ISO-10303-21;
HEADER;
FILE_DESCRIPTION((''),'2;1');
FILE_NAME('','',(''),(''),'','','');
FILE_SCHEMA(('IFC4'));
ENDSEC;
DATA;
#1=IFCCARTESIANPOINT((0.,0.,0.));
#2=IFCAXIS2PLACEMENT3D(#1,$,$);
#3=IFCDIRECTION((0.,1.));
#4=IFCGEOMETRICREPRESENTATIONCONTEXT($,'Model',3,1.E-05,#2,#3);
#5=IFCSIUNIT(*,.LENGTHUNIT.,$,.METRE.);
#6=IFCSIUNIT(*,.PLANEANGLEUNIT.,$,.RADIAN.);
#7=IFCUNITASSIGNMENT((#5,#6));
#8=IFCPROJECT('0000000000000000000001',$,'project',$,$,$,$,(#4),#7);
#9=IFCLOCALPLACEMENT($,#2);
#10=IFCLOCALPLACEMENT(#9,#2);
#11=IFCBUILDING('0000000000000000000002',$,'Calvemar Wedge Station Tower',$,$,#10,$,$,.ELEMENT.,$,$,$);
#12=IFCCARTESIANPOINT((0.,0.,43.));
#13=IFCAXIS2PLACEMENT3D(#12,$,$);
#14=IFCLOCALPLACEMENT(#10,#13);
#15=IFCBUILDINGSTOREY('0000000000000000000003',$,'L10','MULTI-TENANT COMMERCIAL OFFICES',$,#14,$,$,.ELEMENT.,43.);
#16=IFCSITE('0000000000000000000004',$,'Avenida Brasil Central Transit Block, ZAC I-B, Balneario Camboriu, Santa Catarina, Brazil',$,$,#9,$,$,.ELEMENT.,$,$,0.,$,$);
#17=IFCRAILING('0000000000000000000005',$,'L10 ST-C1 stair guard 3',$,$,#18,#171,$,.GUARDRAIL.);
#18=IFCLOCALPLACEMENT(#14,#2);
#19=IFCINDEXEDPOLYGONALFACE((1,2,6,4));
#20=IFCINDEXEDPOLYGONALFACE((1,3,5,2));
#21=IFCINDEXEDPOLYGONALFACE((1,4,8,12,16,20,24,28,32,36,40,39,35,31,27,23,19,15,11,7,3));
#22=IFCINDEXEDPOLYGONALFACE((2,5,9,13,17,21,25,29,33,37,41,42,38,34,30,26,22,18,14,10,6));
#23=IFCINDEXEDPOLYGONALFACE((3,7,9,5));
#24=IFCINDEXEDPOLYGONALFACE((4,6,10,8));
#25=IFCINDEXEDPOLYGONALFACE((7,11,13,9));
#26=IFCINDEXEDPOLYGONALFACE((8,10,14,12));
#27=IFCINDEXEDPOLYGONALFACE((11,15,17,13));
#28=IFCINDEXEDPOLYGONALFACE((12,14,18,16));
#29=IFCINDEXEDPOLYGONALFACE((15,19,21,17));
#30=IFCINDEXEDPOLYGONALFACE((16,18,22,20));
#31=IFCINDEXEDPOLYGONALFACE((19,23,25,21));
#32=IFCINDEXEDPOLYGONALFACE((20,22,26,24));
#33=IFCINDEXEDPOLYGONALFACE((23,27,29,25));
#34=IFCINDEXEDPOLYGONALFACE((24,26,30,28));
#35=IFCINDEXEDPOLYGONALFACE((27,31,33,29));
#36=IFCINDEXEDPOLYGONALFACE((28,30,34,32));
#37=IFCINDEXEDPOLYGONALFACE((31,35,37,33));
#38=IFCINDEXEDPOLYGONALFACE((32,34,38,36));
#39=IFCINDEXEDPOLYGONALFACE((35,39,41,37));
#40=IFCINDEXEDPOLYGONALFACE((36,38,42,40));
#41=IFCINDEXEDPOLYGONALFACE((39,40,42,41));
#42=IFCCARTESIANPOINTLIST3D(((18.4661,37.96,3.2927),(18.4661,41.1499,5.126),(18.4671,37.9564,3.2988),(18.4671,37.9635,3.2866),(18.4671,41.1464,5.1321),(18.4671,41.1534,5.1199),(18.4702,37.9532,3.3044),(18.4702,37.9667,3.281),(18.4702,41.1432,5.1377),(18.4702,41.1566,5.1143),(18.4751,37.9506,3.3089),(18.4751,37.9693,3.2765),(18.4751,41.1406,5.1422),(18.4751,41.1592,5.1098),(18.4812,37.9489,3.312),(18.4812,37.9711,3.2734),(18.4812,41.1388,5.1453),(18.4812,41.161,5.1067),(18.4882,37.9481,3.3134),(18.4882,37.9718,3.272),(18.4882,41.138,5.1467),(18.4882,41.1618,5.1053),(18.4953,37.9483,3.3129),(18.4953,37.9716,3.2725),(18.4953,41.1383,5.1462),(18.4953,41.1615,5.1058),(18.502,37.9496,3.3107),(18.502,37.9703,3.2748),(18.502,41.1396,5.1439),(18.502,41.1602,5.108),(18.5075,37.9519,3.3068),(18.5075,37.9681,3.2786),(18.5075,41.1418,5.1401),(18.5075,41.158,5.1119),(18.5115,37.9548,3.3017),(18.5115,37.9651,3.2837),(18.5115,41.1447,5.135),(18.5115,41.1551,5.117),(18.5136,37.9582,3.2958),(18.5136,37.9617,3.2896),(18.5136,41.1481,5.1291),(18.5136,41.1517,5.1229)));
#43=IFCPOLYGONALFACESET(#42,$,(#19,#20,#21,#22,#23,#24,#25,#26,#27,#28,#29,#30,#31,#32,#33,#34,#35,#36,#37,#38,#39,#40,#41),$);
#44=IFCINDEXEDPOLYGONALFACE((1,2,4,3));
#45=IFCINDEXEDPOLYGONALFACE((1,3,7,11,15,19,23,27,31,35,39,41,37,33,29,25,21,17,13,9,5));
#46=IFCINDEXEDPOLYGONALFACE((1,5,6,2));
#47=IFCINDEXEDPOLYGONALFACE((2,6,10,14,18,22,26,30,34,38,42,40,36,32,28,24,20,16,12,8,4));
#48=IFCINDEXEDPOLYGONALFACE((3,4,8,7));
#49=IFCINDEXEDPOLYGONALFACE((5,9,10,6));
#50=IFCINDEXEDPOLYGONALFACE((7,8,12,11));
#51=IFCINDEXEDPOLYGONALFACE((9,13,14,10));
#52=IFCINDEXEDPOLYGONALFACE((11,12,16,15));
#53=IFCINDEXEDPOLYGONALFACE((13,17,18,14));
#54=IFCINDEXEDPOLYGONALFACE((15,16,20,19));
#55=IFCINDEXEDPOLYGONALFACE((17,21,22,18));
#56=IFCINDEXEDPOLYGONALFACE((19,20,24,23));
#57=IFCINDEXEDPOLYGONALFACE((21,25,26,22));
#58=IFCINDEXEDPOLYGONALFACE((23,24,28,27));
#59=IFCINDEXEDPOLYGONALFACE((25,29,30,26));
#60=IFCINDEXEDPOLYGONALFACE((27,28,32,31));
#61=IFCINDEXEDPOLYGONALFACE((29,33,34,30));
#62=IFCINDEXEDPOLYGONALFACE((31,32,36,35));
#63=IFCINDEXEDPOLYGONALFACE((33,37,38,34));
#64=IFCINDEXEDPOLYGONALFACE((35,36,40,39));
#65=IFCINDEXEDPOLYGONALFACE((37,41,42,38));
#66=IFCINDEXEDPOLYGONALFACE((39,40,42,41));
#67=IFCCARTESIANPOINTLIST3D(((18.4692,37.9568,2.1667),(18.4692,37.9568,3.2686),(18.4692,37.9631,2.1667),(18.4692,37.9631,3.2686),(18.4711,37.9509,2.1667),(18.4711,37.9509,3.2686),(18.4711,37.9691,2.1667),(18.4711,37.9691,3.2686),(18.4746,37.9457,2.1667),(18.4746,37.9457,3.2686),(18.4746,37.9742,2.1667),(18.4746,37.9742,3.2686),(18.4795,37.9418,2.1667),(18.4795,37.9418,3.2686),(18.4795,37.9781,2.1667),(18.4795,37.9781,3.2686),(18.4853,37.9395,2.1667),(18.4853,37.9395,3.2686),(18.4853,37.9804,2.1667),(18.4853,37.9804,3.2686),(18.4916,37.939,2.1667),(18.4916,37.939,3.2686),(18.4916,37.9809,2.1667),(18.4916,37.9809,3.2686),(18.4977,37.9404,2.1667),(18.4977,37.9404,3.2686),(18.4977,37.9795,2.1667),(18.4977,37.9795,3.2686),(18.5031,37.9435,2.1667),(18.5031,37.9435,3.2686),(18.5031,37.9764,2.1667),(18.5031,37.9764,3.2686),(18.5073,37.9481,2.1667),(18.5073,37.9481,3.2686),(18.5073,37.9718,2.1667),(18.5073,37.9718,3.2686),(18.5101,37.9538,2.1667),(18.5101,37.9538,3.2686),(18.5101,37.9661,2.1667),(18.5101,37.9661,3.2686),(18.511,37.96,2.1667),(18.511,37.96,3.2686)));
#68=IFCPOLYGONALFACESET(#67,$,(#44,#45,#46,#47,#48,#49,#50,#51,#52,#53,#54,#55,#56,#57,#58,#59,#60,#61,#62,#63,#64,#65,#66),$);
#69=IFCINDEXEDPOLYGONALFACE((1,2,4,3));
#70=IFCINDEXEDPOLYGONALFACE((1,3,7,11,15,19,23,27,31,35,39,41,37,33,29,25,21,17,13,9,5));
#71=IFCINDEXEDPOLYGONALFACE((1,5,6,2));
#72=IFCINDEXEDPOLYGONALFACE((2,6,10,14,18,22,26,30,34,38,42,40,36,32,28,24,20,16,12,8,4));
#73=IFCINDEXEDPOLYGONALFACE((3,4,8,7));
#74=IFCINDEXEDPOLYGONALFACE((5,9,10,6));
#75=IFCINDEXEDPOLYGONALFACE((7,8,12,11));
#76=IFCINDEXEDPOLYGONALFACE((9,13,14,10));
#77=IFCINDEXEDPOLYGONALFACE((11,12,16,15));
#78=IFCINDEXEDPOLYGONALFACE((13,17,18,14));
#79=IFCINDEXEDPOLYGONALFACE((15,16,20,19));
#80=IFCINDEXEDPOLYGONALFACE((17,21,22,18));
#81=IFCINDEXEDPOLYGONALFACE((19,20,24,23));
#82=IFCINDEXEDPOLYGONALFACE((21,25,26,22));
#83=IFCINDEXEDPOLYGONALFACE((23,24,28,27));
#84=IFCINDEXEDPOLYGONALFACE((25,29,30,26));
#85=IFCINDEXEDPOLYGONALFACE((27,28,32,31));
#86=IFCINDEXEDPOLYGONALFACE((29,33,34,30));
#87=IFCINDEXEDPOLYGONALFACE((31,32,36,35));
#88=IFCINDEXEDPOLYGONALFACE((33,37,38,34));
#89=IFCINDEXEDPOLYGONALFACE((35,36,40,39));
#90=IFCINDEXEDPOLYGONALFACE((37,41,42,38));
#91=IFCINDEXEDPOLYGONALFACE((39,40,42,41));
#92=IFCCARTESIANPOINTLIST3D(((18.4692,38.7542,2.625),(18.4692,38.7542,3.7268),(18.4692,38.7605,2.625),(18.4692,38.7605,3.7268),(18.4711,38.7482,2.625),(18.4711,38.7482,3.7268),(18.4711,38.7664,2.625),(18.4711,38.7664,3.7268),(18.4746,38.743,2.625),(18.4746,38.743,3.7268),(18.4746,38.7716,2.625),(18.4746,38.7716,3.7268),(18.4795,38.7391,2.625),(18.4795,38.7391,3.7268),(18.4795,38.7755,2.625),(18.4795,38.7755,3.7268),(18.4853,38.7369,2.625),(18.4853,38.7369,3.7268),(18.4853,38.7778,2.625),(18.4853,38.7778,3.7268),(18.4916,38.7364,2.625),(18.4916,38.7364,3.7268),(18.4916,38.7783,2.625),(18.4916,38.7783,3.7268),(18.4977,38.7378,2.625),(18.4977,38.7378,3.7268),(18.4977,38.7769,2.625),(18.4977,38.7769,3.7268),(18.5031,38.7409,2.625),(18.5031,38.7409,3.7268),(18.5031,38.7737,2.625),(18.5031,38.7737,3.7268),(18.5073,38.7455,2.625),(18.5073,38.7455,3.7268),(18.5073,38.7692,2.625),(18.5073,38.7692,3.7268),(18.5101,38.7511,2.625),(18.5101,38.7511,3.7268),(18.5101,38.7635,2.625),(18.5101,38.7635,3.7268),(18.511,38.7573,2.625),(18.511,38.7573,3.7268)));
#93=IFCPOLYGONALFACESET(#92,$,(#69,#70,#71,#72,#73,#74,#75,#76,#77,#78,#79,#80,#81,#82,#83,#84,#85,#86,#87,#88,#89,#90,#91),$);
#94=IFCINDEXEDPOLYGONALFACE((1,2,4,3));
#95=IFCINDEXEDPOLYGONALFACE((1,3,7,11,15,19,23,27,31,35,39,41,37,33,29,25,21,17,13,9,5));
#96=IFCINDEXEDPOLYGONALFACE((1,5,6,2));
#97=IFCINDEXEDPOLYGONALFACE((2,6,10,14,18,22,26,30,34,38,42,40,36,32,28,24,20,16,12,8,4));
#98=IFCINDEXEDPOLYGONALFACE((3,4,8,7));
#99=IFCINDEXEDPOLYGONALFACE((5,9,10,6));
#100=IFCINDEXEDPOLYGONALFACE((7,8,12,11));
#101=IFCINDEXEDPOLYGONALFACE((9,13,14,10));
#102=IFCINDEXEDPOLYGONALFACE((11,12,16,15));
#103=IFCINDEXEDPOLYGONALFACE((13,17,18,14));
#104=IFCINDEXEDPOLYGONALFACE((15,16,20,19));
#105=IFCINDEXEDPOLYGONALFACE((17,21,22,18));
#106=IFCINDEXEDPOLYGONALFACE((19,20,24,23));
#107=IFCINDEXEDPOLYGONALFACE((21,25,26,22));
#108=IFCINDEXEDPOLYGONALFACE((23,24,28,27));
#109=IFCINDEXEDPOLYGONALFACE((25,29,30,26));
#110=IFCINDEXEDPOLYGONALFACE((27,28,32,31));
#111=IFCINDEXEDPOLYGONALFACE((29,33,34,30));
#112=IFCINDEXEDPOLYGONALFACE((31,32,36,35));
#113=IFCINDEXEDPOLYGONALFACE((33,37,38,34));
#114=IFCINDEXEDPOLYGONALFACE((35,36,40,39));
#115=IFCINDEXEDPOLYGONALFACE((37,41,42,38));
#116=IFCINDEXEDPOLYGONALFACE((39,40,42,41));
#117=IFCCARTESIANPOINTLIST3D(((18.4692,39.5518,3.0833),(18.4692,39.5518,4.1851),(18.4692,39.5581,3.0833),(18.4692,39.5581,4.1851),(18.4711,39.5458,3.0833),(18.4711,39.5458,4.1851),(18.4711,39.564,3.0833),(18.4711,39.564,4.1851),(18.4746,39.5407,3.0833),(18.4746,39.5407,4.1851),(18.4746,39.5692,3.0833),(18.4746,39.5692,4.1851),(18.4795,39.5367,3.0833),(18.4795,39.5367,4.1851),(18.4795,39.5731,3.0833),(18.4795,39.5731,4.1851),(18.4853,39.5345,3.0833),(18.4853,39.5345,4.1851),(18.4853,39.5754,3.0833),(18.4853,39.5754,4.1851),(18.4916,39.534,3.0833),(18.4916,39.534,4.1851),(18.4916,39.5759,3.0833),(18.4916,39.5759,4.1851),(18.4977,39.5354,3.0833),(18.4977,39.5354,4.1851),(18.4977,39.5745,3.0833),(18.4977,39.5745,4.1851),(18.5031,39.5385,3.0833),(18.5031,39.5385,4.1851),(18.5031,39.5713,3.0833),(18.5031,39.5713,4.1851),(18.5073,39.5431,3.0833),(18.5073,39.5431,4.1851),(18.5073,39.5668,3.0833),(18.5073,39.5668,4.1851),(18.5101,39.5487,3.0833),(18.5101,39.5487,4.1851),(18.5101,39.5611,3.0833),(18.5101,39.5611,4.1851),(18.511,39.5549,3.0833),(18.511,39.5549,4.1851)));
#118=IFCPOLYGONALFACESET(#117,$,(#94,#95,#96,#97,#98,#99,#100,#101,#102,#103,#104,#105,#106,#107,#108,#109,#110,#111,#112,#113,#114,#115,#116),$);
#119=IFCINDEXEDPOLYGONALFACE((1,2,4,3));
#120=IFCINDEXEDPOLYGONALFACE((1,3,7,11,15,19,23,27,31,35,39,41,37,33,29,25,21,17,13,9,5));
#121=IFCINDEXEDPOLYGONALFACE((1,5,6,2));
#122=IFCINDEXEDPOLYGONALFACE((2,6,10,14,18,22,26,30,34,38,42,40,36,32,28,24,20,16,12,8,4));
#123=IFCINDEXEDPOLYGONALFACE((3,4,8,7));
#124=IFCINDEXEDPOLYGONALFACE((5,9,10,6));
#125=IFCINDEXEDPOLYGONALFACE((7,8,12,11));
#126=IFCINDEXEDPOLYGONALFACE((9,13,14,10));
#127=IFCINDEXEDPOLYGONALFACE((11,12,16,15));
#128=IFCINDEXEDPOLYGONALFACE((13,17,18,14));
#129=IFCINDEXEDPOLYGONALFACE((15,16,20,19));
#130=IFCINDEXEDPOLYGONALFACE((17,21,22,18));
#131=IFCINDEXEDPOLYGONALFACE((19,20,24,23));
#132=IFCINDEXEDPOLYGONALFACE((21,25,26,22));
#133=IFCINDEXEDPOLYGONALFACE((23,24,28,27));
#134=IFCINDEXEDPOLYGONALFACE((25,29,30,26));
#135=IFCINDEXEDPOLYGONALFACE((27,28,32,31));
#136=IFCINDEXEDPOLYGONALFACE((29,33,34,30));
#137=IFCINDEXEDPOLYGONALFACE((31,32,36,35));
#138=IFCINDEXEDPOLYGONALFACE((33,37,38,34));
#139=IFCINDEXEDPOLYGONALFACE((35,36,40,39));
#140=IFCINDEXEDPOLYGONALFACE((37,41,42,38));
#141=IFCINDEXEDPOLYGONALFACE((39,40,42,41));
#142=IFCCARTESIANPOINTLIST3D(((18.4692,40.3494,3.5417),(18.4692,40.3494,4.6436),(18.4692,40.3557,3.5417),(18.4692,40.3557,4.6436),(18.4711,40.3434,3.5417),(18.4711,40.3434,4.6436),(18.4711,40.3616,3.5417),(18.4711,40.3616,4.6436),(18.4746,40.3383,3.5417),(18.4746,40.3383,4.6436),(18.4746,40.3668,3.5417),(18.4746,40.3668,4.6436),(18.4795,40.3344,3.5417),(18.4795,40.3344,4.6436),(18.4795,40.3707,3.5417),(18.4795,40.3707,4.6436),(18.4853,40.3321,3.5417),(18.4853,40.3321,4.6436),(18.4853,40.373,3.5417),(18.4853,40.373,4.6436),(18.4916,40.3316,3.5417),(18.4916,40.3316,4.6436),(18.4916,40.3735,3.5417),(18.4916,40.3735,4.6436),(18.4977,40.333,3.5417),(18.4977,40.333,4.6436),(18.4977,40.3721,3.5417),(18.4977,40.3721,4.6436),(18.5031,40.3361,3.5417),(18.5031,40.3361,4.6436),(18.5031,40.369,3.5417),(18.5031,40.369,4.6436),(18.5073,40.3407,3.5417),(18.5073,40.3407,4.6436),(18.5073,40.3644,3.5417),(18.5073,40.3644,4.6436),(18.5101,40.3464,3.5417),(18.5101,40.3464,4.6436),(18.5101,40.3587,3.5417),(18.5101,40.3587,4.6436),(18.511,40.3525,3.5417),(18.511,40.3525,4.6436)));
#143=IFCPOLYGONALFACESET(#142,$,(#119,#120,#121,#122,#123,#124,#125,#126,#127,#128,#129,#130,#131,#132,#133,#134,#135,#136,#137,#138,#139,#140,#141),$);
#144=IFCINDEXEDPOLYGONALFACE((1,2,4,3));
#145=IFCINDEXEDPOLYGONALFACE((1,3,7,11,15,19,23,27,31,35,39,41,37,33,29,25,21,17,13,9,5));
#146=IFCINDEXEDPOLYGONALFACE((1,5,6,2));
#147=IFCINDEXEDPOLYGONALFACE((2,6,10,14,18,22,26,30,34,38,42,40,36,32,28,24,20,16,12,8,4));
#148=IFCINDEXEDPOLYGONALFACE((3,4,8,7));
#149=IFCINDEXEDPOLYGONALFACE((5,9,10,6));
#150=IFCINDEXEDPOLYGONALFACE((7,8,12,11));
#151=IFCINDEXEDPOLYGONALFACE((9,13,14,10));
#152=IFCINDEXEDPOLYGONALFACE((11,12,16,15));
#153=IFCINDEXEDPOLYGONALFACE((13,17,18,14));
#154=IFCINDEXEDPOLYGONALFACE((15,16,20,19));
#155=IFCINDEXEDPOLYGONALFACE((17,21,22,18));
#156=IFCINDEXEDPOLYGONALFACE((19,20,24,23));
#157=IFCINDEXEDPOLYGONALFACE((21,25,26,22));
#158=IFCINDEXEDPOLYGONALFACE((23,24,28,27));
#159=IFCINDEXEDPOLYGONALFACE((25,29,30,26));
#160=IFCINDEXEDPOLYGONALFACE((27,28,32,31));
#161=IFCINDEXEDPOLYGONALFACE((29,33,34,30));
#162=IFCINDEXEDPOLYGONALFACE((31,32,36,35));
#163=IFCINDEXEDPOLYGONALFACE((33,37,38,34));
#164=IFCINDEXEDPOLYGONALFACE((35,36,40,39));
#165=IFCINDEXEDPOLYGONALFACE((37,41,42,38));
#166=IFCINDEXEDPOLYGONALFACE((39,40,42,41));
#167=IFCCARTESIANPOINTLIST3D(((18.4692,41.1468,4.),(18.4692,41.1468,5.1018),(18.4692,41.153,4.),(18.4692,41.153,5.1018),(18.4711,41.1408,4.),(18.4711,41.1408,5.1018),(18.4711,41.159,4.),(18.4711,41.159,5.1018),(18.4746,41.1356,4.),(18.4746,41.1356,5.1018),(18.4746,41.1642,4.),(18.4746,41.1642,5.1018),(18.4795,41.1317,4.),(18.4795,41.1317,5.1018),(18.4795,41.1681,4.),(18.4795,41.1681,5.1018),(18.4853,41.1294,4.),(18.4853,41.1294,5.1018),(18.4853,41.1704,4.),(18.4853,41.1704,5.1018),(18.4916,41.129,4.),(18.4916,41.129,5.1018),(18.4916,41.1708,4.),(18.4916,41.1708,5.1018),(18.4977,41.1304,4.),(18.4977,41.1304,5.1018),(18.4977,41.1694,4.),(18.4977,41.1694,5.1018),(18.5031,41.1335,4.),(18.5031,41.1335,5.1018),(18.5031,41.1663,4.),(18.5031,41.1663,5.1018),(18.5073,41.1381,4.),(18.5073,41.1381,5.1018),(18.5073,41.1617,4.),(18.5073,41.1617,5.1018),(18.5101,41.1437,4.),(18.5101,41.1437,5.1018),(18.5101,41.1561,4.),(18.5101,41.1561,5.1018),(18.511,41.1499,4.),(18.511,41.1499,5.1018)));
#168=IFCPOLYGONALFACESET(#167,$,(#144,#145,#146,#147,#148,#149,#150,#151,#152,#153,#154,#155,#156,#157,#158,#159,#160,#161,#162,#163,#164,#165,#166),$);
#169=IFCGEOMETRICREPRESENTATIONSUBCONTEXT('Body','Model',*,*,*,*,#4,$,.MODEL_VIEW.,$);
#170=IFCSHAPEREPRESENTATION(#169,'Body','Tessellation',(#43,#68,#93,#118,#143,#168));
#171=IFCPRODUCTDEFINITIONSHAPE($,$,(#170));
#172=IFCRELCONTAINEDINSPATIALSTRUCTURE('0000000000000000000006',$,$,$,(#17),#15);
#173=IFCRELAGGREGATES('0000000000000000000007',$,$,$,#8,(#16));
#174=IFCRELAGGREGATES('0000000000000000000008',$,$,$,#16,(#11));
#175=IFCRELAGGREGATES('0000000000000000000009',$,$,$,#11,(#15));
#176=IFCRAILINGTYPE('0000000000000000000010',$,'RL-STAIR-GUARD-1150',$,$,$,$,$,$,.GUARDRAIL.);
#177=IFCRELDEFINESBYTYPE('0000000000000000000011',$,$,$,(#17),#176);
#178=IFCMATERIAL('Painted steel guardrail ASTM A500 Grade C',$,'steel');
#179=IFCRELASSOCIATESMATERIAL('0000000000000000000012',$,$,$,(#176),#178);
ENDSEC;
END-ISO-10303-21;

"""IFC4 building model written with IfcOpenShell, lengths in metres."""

from ifc_helpers import new_model, si_unit, direction, frame, origin, origin_2d, place, context, subcontext, project, spatial, circle, extrude, material, type_object, element, save


model = new_model("IFC4")

# Units and contexts
model_context = context("Model", 3, precision=1e-05, world=origin(), true_north=direction((0.0, 1.0)))
body_context = subcontext(model_context, "Body", "Model", "MODEL_VIEW")
ifc_project = project(units=[si_unit("LENGTHUNIT", "METRE"), si_unit("PLANEANGLEUNIT", "RADIAN")], contexts=[model_context])

# Site, building, storey
site_placement = place(None, origin())
site = spatial("IfcSite", under=ifc_project, at=site_placement, Name="Avenida Brasil Central Transit Block, ZAC I-B, Balneario Camboriu, Santa Catarina, Brazil", CompositionType="ELEMENT", RefElevation=0.0)
building_placement = place(site_placement, origin())
building = spatial("IfcBuilding", under=site, at=building_placement, Name="Calvemar Wedge Station Tower", CompositionType="ELEMENT")
storey_placement = place(building_placement, frame((0.0, 0.0, 43.0)))
storey = spatial("IfcBuildingStorey", under=building, at=storey_placement, Name="L10", Description="MULTI-TENANT COMMERCIAL OFFICES", CompositionType="ELEMENT", Elevation=43.0)

# Railing
ifc_material_1 = material(Name="Painted steel guardrail ASTM A500 Grade C", Category="steel")
railing_type_1 = type_object("IfcRailingType", Name="RL-STAIR-GUARD-1150", PredefinedType="GUARDRAIL", material=ifc_material_1)
railing_1_placement = place(storey_placement, frame((18.49, 37.96, 2.1667)))
element("IfcRailing", 1, at=railing_1_placement, inside=storey, type_object=railing_type_1, Name="L10 ST-C1 stair guard 3", PredefinedType="GUARDRAIL", context=body_context, shape_type="SweptSolid", body=[
    extrude(circle(Radius=0.0239, at=origin_2d()), frame((0.0, 0.0, 1.126), z_axis=(0.0, 0.86702, 0.498274), x_axis=(-1.0, 0.0, 0.0)), (0.0, 0.0, 1.0), 3.6792),
    extrude(circle(Radius=0.021, at=origin_2d()), origin(), (0.0, 0.0, 1.0), 1.1018),
    extrude(circle(Radius=0.021, at=origin_2d()), frame((0.0, 0.7974, 0.4583)), (0.0, 0.0, 1.0), 1.1018),
    extrude(circle(Radius=0.021, at=origin_2d()), frame((0.0, 1.595, 0.9165)), (0.0, 0.0, 1.0), 1.1018),
    extrude(circle(Radius=0.021, at=origin_2d()), frame((0.0, 2.3926, 1.375)), (0.0, 0.0, 1.0), 1.1018),
    extrude(circle(Radius=0.021, at=origin_2d()), frame((0.0, 3.1899, 1.8333)), (0.0, 0.0, 1.0), 1.1018),
])

save(model, "model.ifc")
